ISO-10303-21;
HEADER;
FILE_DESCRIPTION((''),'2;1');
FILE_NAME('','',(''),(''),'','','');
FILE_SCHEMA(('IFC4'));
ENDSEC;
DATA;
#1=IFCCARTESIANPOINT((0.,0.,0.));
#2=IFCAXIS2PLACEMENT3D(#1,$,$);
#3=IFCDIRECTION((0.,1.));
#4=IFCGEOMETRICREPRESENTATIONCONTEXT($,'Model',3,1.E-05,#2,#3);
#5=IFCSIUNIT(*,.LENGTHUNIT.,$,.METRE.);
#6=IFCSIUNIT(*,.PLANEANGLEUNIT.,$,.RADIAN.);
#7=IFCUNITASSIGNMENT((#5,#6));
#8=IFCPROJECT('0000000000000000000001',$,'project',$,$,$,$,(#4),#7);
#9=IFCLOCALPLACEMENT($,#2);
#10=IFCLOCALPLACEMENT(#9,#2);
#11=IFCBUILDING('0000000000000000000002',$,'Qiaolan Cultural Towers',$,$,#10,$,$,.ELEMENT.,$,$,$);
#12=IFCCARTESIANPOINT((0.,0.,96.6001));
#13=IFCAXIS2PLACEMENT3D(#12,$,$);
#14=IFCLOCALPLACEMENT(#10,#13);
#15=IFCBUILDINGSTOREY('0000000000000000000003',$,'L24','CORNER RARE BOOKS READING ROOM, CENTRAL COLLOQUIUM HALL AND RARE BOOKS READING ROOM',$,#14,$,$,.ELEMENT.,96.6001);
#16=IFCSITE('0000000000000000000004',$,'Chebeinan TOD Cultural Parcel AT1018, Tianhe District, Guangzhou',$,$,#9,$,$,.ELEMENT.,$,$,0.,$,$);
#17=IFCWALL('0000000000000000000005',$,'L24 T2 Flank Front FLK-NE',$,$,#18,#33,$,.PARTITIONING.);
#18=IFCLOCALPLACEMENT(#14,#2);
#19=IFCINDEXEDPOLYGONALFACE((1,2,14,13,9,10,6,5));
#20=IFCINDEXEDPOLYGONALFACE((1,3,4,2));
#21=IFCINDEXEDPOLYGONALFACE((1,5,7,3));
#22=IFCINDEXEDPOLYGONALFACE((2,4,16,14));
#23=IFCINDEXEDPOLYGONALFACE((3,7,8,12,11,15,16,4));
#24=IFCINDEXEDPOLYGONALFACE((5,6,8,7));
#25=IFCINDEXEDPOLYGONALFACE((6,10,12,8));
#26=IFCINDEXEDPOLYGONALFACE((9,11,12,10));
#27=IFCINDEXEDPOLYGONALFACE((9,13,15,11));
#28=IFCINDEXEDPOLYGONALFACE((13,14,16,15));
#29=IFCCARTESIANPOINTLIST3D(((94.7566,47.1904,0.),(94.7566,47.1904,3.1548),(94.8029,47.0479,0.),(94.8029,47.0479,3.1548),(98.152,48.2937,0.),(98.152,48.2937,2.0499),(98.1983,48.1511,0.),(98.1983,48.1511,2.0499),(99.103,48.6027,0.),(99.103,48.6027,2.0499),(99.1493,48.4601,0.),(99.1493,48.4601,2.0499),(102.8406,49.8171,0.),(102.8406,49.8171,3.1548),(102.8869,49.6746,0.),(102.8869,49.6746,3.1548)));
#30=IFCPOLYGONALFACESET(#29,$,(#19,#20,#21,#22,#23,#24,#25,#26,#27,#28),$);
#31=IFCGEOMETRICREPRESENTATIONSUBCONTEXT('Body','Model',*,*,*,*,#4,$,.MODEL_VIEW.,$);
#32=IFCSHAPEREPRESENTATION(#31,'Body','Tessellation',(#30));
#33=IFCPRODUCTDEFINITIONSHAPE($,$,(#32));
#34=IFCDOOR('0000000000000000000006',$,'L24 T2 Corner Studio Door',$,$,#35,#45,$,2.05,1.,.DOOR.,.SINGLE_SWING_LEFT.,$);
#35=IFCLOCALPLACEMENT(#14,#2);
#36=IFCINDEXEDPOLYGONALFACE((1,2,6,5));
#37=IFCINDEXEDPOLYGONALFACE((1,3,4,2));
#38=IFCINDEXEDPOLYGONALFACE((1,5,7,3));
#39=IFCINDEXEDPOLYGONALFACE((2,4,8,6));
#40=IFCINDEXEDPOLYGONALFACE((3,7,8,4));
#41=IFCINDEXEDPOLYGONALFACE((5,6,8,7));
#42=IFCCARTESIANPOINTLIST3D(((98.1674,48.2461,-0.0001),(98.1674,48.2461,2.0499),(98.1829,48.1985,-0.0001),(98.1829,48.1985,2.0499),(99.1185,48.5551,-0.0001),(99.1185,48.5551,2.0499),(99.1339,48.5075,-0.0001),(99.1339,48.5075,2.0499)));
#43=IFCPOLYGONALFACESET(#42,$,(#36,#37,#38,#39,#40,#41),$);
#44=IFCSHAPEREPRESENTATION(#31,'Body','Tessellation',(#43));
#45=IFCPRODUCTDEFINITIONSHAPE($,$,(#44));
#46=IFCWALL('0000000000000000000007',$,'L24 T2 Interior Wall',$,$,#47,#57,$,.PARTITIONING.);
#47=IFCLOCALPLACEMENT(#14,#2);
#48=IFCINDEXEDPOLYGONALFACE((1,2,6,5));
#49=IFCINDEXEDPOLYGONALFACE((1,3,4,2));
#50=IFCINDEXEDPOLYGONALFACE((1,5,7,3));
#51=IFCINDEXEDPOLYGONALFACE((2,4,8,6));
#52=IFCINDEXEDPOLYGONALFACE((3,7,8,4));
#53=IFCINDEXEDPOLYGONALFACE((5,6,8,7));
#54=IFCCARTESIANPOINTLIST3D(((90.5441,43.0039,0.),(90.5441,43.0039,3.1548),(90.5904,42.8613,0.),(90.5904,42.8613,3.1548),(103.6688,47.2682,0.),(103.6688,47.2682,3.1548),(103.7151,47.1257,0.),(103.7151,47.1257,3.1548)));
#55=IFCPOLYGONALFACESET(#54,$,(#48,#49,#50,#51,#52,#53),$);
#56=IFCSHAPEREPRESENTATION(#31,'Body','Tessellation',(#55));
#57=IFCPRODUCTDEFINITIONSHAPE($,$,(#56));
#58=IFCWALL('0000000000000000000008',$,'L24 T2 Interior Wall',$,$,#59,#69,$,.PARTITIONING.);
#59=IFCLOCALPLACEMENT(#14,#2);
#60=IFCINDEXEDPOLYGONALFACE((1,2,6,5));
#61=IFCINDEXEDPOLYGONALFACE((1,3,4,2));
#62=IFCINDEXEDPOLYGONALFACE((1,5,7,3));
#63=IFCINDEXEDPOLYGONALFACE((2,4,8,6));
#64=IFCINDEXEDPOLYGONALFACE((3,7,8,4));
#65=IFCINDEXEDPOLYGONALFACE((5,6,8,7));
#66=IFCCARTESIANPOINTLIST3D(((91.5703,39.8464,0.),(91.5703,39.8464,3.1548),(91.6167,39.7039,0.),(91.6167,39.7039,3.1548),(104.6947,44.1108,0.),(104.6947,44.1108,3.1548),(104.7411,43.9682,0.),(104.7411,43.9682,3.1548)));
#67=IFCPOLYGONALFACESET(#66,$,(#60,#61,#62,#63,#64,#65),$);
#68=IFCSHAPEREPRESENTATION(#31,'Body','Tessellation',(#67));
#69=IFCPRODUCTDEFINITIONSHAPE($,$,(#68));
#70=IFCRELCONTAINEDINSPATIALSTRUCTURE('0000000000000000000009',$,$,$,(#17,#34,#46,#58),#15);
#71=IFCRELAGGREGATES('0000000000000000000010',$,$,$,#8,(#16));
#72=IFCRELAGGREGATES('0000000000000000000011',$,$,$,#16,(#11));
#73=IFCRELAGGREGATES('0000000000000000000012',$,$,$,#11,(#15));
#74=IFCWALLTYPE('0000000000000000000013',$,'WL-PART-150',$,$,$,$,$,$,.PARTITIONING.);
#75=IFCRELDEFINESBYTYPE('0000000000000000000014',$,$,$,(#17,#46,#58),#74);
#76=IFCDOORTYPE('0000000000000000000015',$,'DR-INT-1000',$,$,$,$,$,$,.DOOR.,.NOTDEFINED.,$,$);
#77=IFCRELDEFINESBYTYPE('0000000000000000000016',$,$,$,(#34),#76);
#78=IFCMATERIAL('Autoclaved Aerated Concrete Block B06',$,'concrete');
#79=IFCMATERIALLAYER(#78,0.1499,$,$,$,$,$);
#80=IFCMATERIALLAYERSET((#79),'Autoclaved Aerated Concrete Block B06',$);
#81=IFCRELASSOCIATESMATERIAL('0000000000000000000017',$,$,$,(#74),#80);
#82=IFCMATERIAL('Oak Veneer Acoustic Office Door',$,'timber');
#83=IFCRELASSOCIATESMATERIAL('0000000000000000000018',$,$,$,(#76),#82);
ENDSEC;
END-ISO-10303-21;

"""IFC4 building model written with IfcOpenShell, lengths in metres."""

from ifc_helpers import new_model, si_unit, direction, frame, frame_2d, origin, place, context, subcontext, project, spatial, rectangle, extrude, material, layer, layer_set, type_object, element, fill, save


model = new_model("IFC4")

# Units and contexts
model_context = context("Model", 3, precision=1e-05, world=origin(), true_north=direction((0.0, 1.0)))
body_context = subcontext(model_context, "Body", "Model", "MODEL_VIEW")
ifc_project = project(units=[si_unit("LENGTHUNIT", "METRE"), si_unit("PLANEANGLEUNIT", "RADIAN")], contexts=[model_context])

# Site, building, storey
site_placement = place(None, origin())
site = spatial("IfcSite", under=ifc_project, at=site_placement, Name="Chebeinan TOD Cultural Parcel AT1018, Tianhe District, Guangzhou", CompositionType="ELEMENT", RefElevation=0.0)
building_placement = place(site_placement, origin())
building = spatial("IfcBuilding", under=site, at=building_placement, Name="Qiaolan Cultural Towers", CompositionType="ELEMENT")
storey_placement = place(building_placement, frame((0.0, 0.0, 96.6001)))
storey = spatial("IfcBuildingStorey", under=building, at=storey_placement, Name="L24", Description="CORNER RARE BOOKS READING ROOM, CENTRAL COLLOQUIUM HALL AND RARE BOOKS READING ROOM", CompositionType="ELEMENT", Elevation=96.6001)

# Shared definitions
ifc_material_1 = material(Name="Autoclaved Aerated Concrete Block B06", Category="concrete")
ifc_layer_1 = layer(ifc_material_1, 0.1499)
ifc_layer_set_1 = layer_set([ifc_layer_1], Name="Autoclaved Aerated Concrete Block B06")
wall_type_1 = type_object("IfcWallType", Name="WL-PART-150", PredefinedType="PARTITIONING", material=ifc_layer_set_1)

# Wall, opening, door
wall_1_placement = place(storey_placement, frame((94.7798, 47.1191, 0.0), z_axis=(0.0, 0.0, 1.0), x_axis=(0.951054, 0.309024, 0.0)))
wall_1 = element("IfcWall", 1, at=wall_1_placement, inside=storey, type_object=wall_type_1, Name="L24 T2 Flank Front FLK-NE", PredefinedType="PARTITIONING", context=body_context, shape_type="SweptSolid", body=[
    extrude(rectangle(XDim=8.5, YDim=0.1499, at=frame_2d((4.25, 0.0))), origin(), (0.0, 0.0, 1.0), 3.1548),
])
opening_1_placement = place(wall_1_placement, frame((3.5701, 0.0, 0.0)))
opening_1 = element("IfcOpeningElement", 2, at=opening_1_placement, cuts=wall_1, PredefinedType="OPENING", context=body_context, shape_type="SweptSolid", body=[
    extrude(rectangle(XDim=1.0, YDim=2.05, at=frame_2d((0.5, 1.0249))), frame((0.0, 0.085, 0.0), z_axis=(0.0, -1.0, 0.0), x_axis=(1.0, 0.0, 0.0)), (0.0, 0.0, 1.0), 0.1699),
])
ifc_material_2 = material(Name="Oak Veneer Acoustic Office Door", Category="timber")
door_type_1 = type_object("IfcDoorType", Name="DR-INT-1000", OperationType="NOTDEFINED", PredefinedType="DOOR", material=ifc_material_2)
door_1_placement = place(opening_1_placement, origin())
door_1 = element("IfcDoor", 3, at=door_1_placement, inside=storey, type_object=door_type_1, Name="L24 T2 Corner Studio Door", OperationType="SINGLE_SWING_LEFT", OverallHeight=2.05, OverallWidth=1.0, PredefinedType="DOOR", context=body_context, shape_type="SweptSolid", body=[
    extrude(rectangle(XDim=1.0, YDim=2.05, at=frame_2d((0.5, 1.0249))), frame((0.0, 0.0249, 0.0), z_axis=(0.0, -1.0, 0.0), x_axis=(1.0, 0.0, 0.0)), (0.0, 0.0, 1.0), 0.05),
])
fill(opening_1, door_1)

# Walls
wall_2_placement = place(storey_placement, frame((90.5674, 42.9326, 0.0), z_axis=(0.0, 0.0, 1.0), x_axis=(0.951058, 0.309011, 0.0)))
element("IfcWall", 4, at=wall_2_placement, inside=storey, type_object=wall_type_1, Name="L24 T2 Interior Wall", PredefinedType="PARTITIONING", context=body_context, shape_type="SweptSolid", body=[
    extrude(rectangle(XDim=13.8, YDim=0.1499, at=frame_2d((6.8999, 0.0))), origin(), (0.0, 0.0, 1.0), 3.1548),
])
wall_3_placement = place(storey_placement, frame((91.5935, 39.7751, 0.0), z_axis=(0.0, 0.0, 1.0), x_axis=(0.951057, 0.309016, 0.0)))
element("IfcWall", 5, at=wall_3_placement, inside=storey, type_object=wall_type_1, Name="L24 T2 Interior Wall", PredefinedType="PARTITIONING", context=body_context, shape_type="SweptSolid", body=[
    extrude(rectangle(XDim=13.7998, YDim=0.1499, at=frame_2d((6.8999, 0.0))), origin(), (0.0, 0.0, 1.0), 3.1548),
])

save(model, "model.ifc")
